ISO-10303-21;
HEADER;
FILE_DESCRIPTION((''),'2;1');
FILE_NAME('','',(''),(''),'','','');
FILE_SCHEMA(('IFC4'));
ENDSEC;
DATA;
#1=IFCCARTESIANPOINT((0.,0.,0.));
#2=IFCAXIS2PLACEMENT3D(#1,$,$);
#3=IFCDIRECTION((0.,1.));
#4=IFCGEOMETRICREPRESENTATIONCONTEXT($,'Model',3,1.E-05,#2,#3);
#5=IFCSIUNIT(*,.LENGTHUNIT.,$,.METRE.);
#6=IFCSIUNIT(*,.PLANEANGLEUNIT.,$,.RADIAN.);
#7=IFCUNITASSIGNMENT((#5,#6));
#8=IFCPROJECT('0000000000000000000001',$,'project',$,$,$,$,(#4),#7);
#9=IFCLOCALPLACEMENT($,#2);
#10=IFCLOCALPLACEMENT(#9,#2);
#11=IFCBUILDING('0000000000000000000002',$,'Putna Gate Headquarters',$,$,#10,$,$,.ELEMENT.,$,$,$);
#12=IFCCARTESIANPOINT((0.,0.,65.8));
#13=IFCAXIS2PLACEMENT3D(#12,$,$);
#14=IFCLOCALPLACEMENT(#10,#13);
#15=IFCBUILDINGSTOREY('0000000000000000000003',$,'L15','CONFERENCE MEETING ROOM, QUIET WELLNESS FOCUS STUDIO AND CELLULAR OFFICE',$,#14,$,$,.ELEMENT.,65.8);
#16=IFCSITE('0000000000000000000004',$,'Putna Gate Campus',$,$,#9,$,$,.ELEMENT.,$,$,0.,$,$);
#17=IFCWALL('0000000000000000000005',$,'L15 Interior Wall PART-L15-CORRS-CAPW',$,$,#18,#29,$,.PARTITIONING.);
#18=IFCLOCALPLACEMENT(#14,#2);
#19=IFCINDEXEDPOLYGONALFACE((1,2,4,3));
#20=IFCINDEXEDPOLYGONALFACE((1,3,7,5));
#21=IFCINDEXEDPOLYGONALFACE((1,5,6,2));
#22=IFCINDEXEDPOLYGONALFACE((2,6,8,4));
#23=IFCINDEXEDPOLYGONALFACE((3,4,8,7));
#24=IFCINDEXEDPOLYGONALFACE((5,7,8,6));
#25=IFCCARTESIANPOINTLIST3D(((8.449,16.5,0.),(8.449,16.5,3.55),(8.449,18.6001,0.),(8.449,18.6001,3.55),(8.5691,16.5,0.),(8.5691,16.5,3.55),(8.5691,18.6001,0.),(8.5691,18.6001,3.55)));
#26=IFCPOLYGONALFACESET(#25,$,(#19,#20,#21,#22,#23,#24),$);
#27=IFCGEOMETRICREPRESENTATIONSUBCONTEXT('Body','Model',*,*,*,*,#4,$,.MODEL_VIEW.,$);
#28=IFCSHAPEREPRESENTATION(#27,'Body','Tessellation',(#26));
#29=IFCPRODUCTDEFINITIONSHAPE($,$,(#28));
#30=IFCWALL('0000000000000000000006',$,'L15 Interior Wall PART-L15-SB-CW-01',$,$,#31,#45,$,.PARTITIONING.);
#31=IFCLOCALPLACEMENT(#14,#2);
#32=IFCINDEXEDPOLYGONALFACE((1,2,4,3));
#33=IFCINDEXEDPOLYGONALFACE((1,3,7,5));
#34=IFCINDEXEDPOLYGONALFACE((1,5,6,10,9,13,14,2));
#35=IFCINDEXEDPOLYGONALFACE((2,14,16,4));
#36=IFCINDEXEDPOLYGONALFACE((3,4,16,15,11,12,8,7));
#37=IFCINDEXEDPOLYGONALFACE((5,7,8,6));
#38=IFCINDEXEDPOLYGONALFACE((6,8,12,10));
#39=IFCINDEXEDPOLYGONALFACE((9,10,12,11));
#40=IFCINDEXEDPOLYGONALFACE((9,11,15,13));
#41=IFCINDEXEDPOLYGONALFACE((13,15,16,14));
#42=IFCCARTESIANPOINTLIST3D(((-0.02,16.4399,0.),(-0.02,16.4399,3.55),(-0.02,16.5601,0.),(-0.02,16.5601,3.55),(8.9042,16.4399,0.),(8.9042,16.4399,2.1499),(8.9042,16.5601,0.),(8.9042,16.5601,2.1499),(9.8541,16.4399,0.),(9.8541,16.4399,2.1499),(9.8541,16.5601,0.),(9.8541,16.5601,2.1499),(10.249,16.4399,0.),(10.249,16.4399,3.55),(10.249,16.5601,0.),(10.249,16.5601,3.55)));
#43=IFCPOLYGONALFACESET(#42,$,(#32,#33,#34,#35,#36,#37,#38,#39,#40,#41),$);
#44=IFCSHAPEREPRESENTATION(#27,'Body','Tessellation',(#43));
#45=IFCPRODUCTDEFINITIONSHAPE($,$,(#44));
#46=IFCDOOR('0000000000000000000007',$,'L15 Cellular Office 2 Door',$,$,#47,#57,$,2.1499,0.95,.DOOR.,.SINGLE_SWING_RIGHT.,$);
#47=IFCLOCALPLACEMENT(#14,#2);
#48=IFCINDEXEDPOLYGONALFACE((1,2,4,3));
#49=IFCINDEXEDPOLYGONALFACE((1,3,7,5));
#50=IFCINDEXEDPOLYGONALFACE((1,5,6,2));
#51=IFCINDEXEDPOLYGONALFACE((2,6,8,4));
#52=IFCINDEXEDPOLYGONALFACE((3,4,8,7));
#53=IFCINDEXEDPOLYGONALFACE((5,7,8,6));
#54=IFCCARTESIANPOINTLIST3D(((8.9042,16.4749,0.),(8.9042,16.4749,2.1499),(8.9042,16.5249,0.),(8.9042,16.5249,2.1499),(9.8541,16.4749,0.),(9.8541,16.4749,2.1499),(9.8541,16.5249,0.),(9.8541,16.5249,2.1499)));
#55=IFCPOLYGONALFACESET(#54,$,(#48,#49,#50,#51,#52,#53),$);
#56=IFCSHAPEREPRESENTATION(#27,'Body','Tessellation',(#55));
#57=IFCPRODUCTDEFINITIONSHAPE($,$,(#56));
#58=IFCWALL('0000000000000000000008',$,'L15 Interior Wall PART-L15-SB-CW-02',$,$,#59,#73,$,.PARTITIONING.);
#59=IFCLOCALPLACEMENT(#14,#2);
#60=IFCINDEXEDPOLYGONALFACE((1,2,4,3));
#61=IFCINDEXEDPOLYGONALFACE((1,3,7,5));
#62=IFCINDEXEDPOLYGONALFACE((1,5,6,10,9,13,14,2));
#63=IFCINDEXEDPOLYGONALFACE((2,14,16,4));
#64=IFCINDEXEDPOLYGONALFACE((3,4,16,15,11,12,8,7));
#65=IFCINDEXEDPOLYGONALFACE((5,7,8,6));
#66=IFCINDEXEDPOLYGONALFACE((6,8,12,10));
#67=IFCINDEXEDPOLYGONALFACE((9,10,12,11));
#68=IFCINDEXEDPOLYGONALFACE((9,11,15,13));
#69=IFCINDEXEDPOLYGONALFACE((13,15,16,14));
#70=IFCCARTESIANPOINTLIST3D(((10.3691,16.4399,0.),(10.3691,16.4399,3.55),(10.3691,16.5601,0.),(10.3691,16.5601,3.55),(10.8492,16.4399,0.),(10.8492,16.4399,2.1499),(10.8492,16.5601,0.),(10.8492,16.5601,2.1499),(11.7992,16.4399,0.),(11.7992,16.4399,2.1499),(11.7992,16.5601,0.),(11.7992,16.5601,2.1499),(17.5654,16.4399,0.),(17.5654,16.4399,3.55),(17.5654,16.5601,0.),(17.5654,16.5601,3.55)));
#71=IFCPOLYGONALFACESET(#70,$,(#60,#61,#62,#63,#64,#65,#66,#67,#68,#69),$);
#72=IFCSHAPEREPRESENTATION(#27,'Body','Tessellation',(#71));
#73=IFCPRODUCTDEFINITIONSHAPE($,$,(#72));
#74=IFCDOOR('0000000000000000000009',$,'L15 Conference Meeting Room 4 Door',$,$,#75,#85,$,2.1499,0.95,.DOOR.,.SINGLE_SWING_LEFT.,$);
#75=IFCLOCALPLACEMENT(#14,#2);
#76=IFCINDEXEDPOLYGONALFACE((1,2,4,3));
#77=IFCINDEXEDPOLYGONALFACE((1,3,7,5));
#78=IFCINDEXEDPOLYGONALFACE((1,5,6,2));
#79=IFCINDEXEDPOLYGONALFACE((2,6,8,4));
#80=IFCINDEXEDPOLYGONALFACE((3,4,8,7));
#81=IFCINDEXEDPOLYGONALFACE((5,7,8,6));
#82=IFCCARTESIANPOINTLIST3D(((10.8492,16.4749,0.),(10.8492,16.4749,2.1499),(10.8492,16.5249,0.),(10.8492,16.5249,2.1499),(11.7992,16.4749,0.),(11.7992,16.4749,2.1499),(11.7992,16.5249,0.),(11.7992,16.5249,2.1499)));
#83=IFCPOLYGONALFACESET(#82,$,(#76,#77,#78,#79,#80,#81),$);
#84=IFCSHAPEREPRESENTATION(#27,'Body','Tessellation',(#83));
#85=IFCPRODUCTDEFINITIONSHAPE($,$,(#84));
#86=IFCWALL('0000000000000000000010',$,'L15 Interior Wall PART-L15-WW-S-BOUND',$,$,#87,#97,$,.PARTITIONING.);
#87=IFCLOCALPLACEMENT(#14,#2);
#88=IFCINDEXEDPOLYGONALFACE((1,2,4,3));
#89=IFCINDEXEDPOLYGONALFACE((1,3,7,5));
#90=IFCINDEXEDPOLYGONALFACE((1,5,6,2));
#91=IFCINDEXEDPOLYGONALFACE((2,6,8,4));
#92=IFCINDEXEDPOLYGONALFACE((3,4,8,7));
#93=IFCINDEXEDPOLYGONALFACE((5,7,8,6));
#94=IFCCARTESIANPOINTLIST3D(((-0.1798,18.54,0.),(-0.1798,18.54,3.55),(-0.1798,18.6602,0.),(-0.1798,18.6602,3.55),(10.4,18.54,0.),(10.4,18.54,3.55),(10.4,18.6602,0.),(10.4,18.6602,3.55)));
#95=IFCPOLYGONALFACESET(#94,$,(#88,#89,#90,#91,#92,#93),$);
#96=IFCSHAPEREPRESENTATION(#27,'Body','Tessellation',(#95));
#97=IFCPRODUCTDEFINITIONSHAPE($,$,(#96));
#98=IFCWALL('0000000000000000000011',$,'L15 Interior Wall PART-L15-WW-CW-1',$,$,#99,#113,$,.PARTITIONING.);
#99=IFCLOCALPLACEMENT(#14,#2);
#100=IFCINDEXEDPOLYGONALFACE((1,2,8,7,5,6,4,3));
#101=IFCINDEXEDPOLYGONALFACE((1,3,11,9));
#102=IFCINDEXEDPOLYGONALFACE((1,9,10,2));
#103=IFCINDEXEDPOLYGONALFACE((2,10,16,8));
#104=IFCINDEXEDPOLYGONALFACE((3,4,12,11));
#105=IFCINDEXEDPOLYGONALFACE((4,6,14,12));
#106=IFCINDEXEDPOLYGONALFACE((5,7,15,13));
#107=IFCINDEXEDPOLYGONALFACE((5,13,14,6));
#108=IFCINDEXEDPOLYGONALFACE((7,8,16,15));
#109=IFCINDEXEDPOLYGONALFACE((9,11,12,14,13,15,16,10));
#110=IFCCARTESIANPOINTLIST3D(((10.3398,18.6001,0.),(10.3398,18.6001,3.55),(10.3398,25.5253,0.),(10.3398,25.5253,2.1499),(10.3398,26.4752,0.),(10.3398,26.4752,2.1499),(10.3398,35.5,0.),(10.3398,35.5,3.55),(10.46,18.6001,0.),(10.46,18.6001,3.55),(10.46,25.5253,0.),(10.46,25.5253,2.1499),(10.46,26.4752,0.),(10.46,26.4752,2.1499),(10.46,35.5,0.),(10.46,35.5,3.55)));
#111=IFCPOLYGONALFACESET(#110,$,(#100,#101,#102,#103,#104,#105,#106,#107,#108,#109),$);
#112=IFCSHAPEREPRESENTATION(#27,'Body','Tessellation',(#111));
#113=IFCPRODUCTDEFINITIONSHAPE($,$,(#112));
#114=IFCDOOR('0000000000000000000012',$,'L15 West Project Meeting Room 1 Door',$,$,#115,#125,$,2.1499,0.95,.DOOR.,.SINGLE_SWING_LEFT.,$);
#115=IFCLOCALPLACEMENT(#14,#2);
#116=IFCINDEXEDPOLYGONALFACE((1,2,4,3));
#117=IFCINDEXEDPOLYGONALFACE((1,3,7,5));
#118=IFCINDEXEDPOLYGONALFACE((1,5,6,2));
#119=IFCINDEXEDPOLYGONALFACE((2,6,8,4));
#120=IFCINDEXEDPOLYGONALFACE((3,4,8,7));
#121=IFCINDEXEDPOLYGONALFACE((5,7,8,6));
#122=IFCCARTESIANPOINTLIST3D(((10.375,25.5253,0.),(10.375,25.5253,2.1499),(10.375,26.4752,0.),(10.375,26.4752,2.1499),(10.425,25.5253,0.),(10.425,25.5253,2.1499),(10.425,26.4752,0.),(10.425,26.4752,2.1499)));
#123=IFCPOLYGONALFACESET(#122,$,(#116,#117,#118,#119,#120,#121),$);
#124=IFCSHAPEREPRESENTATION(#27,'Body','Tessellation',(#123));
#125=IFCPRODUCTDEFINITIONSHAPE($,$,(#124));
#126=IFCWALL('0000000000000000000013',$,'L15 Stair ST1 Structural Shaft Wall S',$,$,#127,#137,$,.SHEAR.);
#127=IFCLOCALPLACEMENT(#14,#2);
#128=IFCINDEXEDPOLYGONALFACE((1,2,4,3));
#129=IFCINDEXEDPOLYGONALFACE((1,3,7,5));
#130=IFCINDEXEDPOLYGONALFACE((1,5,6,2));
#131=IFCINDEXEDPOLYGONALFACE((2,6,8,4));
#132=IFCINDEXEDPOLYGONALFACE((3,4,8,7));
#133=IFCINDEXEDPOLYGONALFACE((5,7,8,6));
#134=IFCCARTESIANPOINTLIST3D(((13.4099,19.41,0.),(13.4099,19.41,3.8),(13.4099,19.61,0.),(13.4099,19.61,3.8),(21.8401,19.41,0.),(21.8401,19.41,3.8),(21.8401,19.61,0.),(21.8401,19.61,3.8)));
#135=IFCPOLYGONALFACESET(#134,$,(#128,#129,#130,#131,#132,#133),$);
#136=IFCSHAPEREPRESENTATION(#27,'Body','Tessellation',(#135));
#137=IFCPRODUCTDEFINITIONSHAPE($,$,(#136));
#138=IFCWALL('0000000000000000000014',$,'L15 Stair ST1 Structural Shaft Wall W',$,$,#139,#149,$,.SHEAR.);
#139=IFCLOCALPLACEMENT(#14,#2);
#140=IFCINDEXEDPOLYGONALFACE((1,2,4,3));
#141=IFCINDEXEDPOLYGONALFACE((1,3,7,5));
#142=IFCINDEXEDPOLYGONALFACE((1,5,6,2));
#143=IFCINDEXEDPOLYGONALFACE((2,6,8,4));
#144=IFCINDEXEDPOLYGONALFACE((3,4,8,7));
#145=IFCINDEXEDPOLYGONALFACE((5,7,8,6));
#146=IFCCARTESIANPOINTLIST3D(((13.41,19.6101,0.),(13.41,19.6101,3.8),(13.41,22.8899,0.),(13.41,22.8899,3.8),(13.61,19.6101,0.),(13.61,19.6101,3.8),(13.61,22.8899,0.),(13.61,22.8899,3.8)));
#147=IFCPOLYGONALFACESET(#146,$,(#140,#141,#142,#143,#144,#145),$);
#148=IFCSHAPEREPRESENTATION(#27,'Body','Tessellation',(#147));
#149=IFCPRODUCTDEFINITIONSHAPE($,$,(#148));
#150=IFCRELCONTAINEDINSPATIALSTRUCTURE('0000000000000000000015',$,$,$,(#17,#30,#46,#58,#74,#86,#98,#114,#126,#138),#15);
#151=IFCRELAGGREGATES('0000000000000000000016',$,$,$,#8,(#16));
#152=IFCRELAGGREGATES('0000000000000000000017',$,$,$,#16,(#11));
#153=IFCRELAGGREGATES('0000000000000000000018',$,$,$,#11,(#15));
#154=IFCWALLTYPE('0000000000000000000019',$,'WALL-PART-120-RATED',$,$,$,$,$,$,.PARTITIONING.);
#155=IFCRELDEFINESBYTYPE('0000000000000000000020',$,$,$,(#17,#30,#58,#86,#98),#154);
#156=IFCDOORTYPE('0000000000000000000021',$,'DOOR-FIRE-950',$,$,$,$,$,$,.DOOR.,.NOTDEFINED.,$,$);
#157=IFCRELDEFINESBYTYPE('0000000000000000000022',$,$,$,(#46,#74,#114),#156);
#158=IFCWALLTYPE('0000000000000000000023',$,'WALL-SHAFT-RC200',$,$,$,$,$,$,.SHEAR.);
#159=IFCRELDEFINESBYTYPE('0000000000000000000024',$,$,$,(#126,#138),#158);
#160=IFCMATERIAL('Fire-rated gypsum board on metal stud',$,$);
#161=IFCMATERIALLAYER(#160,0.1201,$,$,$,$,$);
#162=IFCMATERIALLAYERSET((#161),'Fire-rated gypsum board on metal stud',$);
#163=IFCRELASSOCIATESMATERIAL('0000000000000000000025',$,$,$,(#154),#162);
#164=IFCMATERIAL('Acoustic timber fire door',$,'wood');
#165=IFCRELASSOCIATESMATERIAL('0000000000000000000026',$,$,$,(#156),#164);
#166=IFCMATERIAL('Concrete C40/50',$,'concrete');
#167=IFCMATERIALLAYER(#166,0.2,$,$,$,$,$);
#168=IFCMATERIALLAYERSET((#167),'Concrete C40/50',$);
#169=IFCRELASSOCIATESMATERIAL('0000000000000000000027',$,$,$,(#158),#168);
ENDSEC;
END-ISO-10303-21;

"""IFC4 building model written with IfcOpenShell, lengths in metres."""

from ifc_helpers import new_model, si_unit, direction, frame, frame_2d, origin, place, context, subcontext, project, spatial, rectangle, extrude, material, layer, layer_set, type_object, element, fill, save


model = new_model("IFC4")

# Units and contexts
model_context = context("Model", 3, precision=1e-05, world=origin(), true_north=direction((0.0, 1.0)))
body_context = subcontext(model_context, "Body", "Model", "MODEL_VIEW")
ifc_project = project(units=[si_unit("LENGTHUNIT", "METRE"), si_unit("PLANEANGLEUNIT", "RADIAN")], contexts=[model_context])

# Site, building, storey
site_placement = place(None, origin())
site = spatial("IfcSite", under=ifc_project, at=site_placement, Name="Putna Gate Campus", CompositionType="ELEMENT", RefElevation=0.0)
building_placement = place(site_placement, origin())
building = spatial("IfcBuilding", under=site, at=building_placement, Name="Putna Gate Headquarters", CompositionType="ELEMENT")
storey_placement = place(building_placement, frame((0.0, 0.0, 65.8)))
storey = spatial("IfcBuildingStorey", under=building, at=storey_placement, Name="L15", Description="CONFERENCE MEETING ROOM, QUIET WELLNESS FOCUS STUDIO AND CELLULAR OFFICE", CompositionType="ELEMENT", Elevation=65.8)

# Wall
ifc_material_1 = material(Name="Fire-rated gypsum board on metal stud")
ifc_layer_1 = layer(ifc_material_1, 0.1201)
ifc_layer_set_1 = layer_set([ifc_layer_1], Name="Fire-rated gypsum board on metal stud")
wall_type_1 = type_object("IfcWallType", Name="WALL-PART-120-RATED", PredefinedType="PARTITIONING", material=ifc_layer_set_1)
wall_1_placement = place(storey_placement, frame((8.509, 16.5, 0.0), z_axis=(0.0, 0.0, 1.0), x_axis=(0.0, 1.0, 0.0)))
element("IfcWall", 1, at=wall_1_placement, inside=storey, type_object=wall_type_1, Name="L15 Interior Wall PART-L15-CORRS-CAPW", PredefinedType="PARTITIONING", context=body_context, shape_type="SweptSolid", body=[
    extrude(rectangle(XDim=2.1001, YDim=0.1201, at=frame_2d((1.05, 0.0))), origin(), (0.0, 0.0, 1.0), 3.55),
])

# Walls, openings, doors
wall_2_placement = place(storey_placement, frame((-0.02, 16.5, 0.0), z_axis=(0.0, 0.0, 1.0), x_axis=(1.0, 0.0, 0.0)))
wall_2 = element("IfcWall", 2, at=wall_2_placement, inside=storey, type_object=wall_type_1, Name="L15 Interior Wall PART-L15-SB-CW-01", PredefinedType="PARTITIONING", context=body_context, shape_type="SweptSolid", body=[
    extrude(rectangle(XDim=10.269, YDim=0.1201, at=frame_2d((5.1345, 0.0))), origin(), (0.0, 0.0, 1.0), 3.55),
])
opening_1_placement = place(wall_2_placement, frame((8.9241, 0.0, 0.0)))
opening_1 = element("IfcOpeningElement", 3, at=opening_1_placement, cuts=wall_2, PredefinedType="OPENING", context=body_context, shape_type="SweptSolid", body=[
    extrude(rectangle(XDim=0.95, YDim=2.1499, at=frame_2d((0.4751, 1.075))), frame((0.0, 0.0701, 0.0), z_axis=(0.0, -1.0, 0.0), x_axis=(1.0, 0.0, 0.0)), (0.0, 0.0, 1.0), 0.1401),
])
ifc_material_2 = material(Name="Acoustic timber fire door", Category="wood")
door_type_1 = type_object("IfcDoorType", Name="DOOR-FIRE-950", OperationType="NOTDEFINED", PredefinedType="DOOR", material=ifc_material_2)
door_1_placement = place(opening_1_placement, origin())
door_1 = element("IfcDoor", 4, at=door_1_placement, inside=storey, type_object=door_type_1, Name="L15 Cellular Office 2 Door", OperationType="SINGLE_SWING_RIGHT", OverallHeight=2.1499, OverallWidth=0.95, PredefinedType="DOOR", context=body_context, shape_type="SweptSolid", body=[
    extrude(rectangle(XDim=0.95, YDim=2.1499, at=frame_2d((0.4751, 1.075))), frame((0.0, 0.0249, 0.0), z_axis=(0.0, -1.0, 0.0), x_axis=(1.0, 0.0, 0.0)), (0.0, 0.0, 1.0), 0.05),
])
fill(opening_1, door_1)
wall_3_placement = place(storey_placement, frame((10.3691, 16.5, 0.0), z_axis=(0.0, 0.0, 1.0), x_axis=(1.0, 0.0, 0.0)))
wall_3 = element("IfcWall", 5, at=wall_3_placement, inside=storey, type_object=wall_type_1, Name="L15 Interior Wall PART-L15-SB-CW-02", PredefinedType="PARTITIONING", context=body_context, shape_type="SweptSolid", body=[
    extrude(rectangle(XDim=7.1963, YDim=0.1201, at=frame_2d((3.5981, 0.0))), origin(), (0.0, 0.0, 1.0), 3.55),
])
opening_2_placement = place(wall_3_placement, frame((0.48, 0.0, 0.0)))
opening_2 = element("IfcOpeningElement", 6, at=opening_2_placement, cuts=wall_3, PredefinedType="OPENING", context=body_context, shape_type="SweptSolid", body=[
    extrude(rectangle(XDim=0.95, YDim=2.1499, at=frame_2d((0.4751, 1.075))), frame((0.0, 0.0701, 0.0), z_axis=(0.0, -1.0, 0.0), x_axis=(1.0, 0.0, 0.0)), (0.0, 0.0, 1.0), 0.1401),
])
door_2_placement = place(opening_2_placement, origin())
door_2 = element("IfcDoor", 7, at=door_2_placement, inside=storey, type_object=door_type_1, Name="L15 Conference Meeting Room 4 Door", OperationType="SINGLE_SWING_LEFT", OverallHeight=2.1499, OverallWidth=0.95, PredefinedType="DOOR", context=body_context, shape_type="SweptSolid", body=[
    extrude(rectangle(XDim=0.95, YDim=2.1499, at=frame_2d((0.4751, 1.075))), frame((0.0, 0.0249, 0.0), z_axis=(0.0, -1.0, 0.0), x_axis=(1.0, 0.0, 0.0)), (0.0, 0.0, 1.0), 0.05),
])
fill(opening_2, door_2)

# Wall
wall_4_placement = place(storey_placement, frame((-0.1799, 18.6001, 0.0), z_axis=(0.0, 0.0, 1.0), x_axis=(1.0, 0.0, 0.0)))
element("IfcWall", 8, at=wall_4_placement, inside=storey, type_object=wall_type_1, Name="L15 Interior Wall PART-L15-WW-S-BOUND", PredefinedType="PARTITIONING", context=body_context, shape_type="SweptSolid", body=[
    extrude(rectangle(XDim=10.5798, YDim=0.1201, at=frame_2d((5.29, 0.0))), origin(), (0.0, 0.0, 1.0), 3.55),
])

# Wall, opening, door
wall_5_placement = place(storey_placement, frame((10.3999, 18.6001, 0.0), z_axis=(0.0, 0.0, 1.0), x_axis=(0.0, 1.0, 0.0)))
wall_5 = element("IfcWall", 9, at=wall_5_placement, inside=storey, type_object=wall_type_1, Name="L15 Interior Wall PART-L15-WW-CW-1", PredefinedType="PARTITIONING", context=body_context, shape_type="SweptSolid", body=[
    extrude(rectangle(XDim=16.8999, YDim=0.1201, at=frame_2d((8.45, 0.0))), origin(), (0.0, 0.0, 1.0), 3.55),
])
opening_3_placement = place(wall_5_placement, frame((6.925, 0.0, 0.0)))
opening_3 = element("IfcOpeningElement", 10, at=opening_3_placement, cuts=wall_5, PredefinedType="OPENING", context=body_context, shape_type="SweptSolid", body=[
    extrude(rectangle(XDim=0.95, YDim=2.1499, at=frame_2d((0.4751, 1.075))), frame((0.0, 0.0701, 0.0), z_axis=(0.0, -1.0, 0.0), x_axis=(1.0, 0.0, 0.0)), (0.0, 0.0, 1.0), 0.1401),
])
door_3_placement = place(opening_3_placement, origin())
door_3 = element("IfcDoor", 11, at=door_3_placement, inside=storey, type_object=door_type_1, Name="L15 West Project Meeting Room 1 Door", OperationType="SINGLE_SWING_LEFT", OverallHeight=2.1499, OverallWidth=0.95, PredefinedType="DOOR", context=body_context, shape_type="SweptSolid", body=[
    extrude(rectangle(XDim=0.95, YDim=2.1499, at=frame_2d((0.4751, 1.075))), frame((0.0, 0.0249, 0.0), z_axis=(0.0, -1.0, 0.0), x_axis=(1.0, 0.0, 0.0)), (0.0, 0.0, 1.0), 0.05),
])
fill(opening_3, door_3)

# Walls
ifc_material_3 = material(Name="Concrete C40/50", Category="concrete")
ifc_layer_2 = layer(ifc_material_3, 0.2)
ifc_layer_set_2 = layer_set([ifc_layer_2], Name="Concrete C40/50")
wall_type_2 = type_object("IfcWallType", Name="WALL-SHAFT-RC200", PredefinedType="SHEAR", material=ifc_layer_set_2)
wall_6_placement = place(storey_placement, frame((13.4099, 19.51, 0.0), z_axis=(0.0, 0.0, 1.0), x_axis=(1.0, 0.0, 0.0)))
element("IfcWall", 12, at=wall_6_placement, inside=storey, type_object=wall_type_2, Name="L15 Stair ST1 Structural Shaft Wall S", PredefinedType="SHEAR", context=body_context, shape_type="SweptSolid", body=[
    extrude(rectangle(XDim=8.4302, YDim=0.2, at=frame_2d((4.2151, 0.0))), origin(), (0.0, 0.0, 1.0), 3.8),
])
wall_7_placement = place(storey_placement, frame((13.51, 19.6101, 0.0), z_axis=(0.0, 0.0, 1.0), x_axis=(0.0, 1.0, 0.0)))
element("IfcWall", 13, at=wall_7_placement, inside=storey, type_object=wall_type_2, Name="L15 Stair ST1 Structural Shaft Wall W", PredefinedType="SHEAR", context=body_context, shape_type="SweptSolid", body=[
    extrude(rectangle(XDim=3.2798, YDim=0.2, at=frame_2d((1.6399, 0.0))), origin(), (0.0, 0.0, 1.0), 3.8),
])

save(model, "model.ifc")
